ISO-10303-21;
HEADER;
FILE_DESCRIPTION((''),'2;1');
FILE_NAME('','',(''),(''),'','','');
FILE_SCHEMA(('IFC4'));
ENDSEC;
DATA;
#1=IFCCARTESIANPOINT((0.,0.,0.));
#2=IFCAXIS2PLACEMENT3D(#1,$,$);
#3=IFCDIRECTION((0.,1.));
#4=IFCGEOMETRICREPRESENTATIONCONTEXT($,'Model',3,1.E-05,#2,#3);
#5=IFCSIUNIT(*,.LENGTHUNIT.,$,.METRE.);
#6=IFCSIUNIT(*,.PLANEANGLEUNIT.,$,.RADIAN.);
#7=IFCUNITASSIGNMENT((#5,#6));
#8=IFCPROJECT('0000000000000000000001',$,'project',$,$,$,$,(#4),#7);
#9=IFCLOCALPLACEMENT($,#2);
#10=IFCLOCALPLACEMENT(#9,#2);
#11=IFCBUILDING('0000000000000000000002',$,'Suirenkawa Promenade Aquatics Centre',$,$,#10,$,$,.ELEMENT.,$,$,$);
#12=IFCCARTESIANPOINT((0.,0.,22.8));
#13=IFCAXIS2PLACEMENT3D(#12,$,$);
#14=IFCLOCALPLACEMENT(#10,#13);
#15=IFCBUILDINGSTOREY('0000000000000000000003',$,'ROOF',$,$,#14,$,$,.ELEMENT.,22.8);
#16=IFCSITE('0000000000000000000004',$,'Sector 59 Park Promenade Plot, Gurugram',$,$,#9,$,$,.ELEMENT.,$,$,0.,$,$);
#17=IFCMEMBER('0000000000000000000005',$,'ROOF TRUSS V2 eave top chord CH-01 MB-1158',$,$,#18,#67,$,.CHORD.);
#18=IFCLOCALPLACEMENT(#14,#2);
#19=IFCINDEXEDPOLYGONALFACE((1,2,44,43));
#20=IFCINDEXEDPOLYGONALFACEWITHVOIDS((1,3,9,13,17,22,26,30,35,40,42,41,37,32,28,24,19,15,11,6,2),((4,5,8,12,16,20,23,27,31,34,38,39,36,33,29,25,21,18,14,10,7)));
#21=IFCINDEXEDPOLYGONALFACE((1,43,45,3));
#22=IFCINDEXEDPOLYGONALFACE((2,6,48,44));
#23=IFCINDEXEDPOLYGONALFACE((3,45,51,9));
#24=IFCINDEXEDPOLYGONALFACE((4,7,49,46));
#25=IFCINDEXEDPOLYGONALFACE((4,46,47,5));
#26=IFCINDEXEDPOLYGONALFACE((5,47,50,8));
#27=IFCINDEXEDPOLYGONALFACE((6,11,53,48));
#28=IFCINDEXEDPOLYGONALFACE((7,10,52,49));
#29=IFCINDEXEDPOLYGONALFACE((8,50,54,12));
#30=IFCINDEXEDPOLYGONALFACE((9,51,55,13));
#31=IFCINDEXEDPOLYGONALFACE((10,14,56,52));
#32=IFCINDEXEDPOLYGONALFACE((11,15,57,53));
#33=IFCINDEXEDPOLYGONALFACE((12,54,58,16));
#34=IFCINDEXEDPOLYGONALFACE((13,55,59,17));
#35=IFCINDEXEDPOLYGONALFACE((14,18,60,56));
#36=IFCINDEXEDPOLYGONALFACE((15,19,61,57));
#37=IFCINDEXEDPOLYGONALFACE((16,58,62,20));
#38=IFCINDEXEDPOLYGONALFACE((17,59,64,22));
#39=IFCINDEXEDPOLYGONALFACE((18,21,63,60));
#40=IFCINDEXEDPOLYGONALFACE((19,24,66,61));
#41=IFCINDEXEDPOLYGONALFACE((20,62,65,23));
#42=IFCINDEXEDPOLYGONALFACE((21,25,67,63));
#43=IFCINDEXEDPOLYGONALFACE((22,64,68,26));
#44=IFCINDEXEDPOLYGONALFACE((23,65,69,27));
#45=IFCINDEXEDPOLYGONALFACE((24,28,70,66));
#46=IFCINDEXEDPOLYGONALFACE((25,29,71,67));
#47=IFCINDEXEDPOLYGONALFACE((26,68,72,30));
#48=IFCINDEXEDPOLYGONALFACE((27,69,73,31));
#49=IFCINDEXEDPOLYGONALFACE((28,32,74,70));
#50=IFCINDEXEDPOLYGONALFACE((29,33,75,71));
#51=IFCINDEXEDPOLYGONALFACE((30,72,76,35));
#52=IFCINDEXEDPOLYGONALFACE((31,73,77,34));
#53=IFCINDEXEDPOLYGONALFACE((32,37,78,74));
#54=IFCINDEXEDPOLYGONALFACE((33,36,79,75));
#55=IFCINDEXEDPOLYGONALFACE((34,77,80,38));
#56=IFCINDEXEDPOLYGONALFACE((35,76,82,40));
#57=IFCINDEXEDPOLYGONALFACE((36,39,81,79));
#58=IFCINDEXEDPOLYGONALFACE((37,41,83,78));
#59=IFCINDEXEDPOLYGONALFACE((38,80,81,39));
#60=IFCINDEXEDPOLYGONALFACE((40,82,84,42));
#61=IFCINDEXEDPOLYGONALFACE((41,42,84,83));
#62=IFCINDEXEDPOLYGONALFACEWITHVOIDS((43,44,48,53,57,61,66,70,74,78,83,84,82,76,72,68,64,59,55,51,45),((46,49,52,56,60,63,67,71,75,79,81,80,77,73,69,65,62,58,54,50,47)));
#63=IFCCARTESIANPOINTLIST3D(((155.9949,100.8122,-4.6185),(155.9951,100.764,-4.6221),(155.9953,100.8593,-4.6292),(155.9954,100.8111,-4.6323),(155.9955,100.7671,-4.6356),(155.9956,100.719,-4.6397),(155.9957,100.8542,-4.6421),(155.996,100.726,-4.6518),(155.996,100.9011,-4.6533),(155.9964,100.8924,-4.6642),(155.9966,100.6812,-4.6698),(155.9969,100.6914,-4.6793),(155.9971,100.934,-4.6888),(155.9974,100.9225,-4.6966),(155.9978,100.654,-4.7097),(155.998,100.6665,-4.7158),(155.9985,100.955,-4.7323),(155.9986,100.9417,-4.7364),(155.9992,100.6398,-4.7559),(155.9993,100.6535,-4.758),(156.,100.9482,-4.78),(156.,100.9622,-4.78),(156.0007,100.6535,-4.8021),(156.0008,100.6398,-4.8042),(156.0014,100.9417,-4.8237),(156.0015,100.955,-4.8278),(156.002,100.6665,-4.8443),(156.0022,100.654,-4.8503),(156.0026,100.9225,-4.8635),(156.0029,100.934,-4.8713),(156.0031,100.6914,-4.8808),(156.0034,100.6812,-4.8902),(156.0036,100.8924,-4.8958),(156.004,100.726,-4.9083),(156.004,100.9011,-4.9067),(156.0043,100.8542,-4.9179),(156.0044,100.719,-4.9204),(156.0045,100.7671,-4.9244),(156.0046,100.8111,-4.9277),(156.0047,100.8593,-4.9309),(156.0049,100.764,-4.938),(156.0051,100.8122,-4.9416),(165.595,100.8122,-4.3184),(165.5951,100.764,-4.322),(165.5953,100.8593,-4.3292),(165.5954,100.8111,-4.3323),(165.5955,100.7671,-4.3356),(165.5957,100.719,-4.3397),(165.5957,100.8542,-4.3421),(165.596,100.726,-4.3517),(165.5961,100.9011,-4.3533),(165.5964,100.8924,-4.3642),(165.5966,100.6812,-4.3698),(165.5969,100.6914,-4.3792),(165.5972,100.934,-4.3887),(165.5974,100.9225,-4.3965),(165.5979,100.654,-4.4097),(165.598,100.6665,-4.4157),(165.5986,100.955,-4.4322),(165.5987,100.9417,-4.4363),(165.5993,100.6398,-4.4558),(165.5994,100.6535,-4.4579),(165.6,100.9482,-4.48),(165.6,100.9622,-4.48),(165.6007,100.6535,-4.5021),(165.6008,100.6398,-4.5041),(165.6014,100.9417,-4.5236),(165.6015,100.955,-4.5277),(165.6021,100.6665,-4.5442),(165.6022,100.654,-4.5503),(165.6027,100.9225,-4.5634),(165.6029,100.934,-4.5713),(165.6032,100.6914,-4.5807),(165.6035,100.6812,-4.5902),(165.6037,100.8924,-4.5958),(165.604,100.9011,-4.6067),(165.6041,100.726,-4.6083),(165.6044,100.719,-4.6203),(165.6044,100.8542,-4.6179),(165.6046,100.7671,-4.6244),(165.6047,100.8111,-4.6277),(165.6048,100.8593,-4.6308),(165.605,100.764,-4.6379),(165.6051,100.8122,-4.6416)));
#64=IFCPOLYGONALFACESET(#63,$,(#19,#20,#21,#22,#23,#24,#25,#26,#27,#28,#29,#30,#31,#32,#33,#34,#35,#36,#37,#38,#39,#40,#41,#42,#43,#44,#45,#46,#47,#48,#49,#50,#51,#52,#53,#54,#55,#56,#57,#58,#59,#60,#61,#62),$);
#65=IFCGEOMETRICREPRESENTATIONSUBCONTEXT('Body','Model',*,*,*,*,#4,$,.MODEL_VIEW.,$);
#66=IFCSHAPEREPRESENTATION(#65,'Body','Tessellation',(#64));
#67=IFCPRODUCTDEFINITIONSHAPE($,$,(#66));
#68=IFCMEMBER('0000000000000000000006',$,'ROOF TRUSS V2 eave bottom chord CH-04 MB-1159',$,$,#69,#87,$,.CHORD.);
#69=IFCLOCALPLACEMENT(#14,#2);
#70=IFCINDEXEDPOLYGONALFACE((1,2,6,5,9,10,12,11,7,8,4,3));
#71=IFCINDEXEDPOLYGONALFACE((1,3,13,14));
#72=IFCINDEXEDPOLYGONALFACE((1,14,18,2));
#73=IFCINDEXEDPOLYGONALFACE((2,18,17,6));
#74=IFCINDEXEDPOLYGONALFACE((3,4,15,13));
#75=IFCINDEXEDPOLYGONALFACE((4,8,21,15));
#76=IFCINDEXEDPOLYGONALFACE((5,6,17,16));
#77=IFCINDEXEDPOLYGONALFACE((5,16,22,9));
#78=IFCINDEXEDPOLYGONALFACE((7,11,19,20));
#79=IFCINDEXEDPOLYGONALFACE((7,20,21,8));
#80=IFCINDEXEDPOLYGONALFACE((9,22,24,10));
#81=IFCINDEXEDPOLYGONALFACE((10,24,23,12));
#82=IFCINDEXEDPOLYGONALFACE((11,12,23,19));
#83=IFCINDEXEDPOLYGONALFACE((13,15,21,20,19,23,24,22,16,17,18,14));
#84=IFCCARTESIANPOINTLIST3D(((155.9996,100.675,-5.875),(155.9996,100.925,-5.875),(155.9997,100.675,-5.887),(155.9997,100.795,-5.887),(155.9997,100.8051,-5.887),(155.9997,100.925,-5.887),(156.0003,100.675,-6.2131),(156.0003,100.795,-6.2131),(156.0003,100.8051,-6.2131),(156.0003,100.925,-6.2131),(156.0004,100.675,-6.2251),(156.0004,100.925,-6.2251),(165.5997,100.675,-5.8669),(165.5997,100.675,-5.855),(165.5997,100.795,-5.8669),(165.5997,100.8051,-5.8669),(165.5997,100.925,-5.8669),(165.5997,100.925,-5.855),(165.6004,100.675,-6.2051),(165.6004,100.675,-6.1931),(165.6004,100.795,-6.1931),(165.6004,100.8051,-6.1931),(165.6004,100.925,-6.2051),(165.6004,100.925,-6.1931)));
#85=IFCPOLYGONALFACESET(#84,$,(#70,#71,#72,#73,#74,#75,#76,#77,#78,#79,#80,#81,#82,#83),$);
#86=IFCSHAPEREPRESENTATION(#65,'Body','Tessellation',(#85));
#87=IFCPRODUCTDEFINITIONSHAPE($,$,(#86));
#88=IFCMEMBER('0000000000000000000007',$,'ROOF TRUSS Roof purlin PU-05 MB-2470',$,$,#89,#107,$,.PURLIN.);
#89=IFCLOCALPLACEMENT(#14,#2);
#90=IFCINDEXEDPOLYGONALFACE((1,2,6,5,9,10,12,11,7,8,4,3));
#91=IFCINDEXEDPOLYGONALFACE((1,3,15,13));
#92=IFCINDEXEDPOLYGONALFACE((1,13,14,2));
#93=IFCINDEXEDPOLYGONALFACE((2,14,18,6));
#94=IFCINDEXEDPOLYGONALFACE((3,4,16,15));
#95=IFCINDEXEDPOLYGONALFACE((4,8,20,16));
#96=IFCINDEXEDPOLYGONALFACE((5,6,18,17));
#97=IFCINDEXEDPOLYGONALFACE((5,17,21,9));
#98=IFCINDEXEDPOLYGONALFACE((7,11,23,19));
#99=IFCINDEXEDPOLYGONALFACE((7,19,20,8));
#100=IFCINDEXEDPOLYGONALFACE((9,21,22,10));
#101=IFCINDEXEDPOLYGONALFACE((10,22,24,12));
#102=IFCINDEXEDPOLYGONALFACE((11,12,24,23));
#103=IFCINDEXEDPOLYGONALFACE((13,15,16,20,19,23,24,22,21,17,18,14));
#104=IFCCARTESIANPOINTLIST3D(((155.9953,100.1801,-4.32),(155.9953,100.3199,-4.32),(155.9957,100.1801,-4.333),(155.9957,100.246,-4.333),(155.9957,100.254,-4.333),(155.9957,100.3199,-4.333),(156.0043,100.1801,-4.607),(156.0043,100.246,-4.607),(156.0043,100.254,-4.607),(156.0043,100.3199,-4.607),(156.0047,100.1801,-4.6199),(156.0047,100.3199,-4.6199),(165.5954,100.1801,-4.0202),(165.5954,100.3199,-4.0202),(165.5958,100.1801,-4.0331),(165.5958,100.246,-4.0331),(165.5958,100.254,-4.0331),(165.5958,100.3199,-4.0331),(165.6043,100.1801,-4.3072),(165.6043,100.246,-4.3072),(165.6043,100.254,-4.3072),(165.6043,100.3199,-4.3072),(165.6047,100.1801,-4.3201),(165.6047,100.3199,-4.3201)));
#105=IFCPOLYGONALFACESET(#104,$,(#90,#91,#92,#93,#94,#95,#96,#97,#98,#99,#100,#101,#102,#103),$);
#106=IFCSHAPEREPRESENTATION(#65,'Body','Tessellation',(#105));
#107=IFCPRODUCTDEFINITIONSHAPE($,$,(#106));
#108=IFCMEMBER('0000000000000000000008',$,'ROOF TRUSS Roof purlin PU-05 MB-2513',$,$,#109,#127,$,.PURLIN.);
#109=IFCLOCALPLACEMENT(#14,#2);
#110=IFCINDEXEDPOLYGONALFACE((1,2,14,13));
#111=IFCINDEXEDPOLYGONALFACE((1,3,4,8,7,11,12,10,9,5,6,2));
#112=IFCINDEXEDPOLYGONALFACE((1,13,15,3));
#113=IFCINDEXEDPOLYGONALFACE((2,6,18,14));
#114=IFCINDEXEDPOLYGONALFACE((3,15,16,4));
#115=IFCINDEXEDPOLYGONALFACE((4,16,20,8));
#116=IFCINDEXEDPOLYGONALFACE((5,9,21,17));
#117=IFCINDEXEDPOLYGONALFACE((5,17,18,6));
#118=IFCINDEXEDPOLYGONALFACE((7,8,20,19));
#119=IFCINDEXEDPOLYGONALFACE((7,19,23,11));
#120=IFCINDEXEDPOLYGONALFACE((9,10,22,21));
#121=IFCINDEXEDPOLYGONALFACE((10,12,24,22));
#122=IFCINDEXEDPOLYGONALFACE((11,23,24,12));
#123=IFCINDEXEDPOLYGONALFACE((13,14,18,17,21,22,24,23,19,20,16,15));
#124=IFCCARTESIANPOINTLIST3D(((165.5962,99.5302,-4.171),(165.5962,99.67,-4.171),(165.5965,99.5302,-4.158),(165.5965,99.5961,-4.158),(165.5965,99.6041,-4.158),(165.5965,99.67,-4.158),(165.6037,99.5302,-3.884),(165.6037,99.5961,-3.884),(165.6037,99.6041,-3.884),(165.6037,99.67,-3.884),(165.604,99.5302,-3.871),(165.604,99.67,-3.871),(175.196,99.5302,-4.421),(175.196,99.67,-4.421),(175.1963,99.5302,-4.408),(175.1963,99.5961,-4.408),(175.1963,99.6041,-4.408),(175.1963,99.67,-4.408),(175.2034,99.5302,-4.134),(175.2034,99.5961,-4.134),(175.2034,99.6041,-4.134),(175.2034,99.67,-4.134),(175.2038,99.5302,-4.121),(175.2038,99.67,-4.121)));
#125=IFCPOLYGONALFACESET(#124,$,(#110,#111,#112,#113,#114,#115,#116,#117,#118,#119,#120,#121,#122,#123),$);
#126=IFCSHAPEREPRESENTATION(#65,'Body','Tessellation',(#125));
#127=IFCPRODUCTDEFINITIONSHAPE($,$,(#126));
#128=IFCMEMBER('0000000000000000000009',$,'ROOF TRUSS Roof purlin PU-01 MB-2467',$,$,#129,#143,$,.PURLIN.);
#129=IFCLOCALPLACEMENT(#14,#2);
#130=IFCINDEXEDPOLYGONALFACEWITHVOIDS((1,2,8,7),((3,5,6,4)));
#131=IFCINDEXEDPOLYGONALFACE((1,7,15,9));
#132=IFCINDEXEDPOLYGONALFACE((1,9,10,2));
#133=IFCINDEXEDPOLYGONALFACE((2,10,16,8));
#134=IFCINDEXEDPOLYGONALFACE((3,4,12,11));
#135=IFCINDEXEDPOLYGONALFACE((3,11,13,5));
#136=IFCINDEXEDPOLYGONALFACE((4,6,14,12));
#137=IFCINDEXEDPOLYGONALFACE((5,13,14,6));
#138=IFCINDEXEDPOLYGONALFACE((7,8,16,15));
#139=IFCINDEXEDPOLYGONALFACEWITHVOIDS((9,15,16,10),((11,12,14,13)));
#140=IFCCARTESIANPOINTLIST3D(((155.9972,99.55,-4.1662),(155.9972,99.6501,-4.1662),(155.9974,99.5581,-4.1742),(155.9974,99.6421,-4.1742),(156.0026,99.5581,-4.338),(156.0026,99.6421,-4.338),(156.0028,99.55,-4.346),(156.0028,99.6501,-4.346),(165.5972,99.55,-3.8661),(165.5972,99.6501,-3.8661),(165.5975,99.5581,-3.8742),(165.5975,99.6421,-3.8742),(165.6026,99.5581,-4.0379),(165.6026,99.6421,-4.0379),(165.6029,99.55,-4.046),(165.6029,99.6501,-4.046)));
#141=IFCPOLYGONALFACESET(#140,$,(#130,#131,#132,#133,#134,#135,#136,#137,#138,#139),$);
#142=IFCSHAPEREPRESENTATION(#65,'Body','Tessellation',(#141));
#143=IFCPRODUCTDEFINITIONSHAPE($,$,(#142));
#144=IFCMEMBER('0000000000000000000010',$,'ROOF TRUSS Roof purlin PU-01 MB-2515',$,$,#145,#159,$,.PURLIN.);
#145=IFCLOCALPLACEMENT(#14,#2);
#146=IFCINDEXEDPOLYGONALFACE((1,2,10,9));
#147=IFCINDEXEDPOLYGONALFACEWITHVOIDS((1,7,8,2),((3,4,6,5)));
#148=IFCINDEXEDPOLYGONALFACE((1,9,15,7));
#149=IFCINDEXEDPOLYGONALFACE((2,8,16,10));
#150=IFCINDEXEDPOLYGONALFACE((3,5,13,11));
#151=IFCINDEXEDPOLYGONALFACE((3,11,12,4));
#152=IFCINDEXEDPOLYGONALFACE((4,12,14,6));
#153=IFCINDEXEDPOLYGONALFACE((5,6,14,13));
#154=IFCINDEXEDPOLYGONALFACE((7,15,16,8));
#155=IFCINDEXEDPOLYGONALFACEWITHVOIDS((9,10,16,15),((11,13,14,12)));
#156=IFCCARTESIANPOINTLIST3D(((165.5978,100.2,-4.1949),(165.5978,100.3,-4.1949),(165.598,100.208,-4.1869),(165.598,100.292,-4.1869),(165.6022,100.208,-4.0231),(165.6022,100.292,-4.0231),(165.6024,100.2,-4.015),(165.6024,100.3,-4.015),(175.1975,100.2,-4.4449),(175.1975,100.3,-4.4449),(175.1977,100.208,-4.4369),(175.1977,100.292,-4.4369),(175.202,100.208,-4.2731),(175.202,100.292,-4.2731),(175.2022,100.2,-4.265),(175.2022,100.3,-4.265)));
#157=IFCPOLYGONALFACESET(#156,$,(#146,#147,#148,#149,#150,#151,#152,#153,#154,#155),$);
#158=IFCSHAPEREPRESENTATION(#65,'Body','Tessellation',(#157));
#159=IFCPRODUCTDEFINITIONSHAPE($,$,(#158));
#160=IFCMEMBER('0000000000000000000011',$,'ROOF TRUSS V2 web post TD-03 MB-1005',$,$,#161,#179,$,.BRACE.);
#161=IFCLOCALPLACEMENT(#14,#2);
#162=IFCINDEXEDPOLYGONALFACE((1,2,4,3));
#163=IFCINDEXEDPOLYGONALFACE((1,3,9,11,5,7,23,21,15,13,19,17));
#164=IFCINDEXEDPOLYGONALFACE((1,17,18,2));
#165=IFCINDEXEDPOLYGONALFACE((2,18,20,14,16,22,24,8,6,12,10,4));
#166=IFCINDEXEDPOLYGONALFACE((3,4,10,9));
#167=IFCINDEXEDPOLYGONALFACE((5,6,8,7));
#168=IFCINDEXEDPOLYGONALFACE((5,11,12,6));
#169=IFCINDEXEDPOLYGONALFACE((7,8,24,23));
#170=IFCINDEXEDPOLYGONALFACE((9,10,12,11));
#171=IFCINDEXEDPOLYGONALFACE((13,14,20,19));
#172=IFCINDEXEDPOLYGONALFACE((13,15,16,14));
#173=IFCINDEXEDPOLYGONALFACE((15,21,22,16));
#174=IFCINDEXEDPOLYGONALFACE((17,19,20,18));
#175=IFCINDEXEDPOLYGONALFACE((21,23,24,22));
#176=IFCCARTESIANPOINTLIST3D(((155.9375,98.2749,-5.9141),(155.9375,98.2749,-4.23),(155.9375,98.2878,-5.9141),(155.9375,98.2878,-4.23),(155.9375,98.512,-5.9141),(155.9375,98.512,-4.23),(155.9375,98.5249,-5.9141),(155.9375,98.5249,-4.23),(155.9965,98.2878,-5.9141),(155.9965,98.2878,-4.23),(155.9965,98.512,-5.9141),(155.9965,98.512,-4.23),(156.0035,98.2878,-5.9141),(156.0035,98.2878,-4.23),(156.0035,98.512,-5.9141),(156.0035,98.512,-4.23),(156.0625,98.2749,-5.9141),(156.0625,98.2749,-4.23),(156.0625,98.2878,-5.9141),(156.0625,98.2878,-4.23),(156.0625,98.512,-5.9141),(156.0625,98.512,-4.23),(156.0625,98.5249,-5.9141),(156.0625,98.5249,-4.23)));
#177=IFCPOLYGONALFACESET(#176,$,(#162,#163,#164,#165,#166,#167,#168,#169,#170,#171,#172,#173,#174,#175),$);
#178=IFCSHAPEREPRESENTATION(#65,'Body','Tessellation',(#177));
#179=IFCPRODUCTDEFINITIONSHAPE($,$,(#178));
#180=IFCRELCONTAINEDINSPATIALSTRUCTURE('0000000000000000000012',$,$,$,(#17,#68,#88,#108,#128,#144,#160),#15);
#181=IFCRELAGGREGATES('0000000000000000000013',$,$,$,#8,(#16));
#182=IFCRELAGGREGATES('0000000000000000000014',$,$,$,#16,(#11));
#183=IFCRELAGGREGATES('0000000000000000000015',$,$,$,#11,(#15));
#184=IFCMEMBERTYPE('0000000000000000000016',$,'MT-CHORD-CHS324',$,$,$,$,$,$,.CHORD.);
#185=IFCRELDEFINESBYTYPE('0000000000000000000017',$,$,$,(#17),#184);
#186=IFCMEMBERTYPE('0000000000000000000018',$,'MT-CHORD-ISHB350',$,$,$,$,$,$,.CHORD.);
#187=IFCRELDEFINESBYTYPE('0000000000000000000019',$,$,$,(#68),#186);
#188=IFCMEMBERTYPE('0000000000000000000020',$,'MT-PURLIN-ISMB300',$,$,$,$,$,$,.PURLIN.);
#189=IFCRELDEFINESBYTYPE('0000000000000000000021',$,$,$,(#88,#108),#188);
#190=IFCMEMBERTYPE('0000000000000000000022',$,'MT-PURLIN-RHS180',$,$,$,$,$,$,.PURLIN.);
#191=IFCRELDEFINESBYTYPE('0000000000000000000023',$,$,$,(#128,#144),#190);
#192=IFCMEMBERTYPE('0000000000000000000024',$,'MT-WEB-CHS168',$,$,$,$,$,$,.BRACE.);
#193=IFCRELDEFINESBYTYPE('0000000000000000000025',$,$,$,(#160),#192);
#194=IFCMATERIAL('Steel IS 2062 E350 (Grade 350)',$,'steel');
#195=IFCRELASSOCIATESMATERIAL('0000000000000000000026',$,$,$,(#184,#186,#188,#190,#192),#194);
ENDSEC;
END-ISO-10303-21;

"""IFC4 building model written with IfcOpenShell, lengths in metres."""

from ifc_helpers import new_model, si_unit, direction, frame, origin, origin_2d, place, context, subcontext, project, spatial, hollow_rectangle, hollow_circle, i_section, extrude, material, material_profile, profile_set, type_object, element, save


model = new_model("IFC4")

# Units and contexts
model_context = context("Model", 3, precision=1e-05, world=origin(), true_north=direction((0.0, 1.0)))
body_context = subcontext(model_context, "Body", "Model", "MODEL_VIEW")
ifc_project = project(units=[si_unit("LENGTHUNIT", "METRE"), si_unit("PLANEANGLEUNIT", "RADIAN")], contexts=[model_context])

# Site, building, storey
site_placement = place(None, origin())
site = spatial("IfcSite", under=ifc_project, at=site_placement, Name="Sector 59 Park Promenade Plot, Gurugram", CompositionType="ELEMENT", RefElevation=0.0)
building_placement = place(site_placement, origin())
building = spatial("IfcBuilding", under=site, at=building_placement, Name="Suirenkawa Promenade Aquatics Centre", CompositionType="ELEMENT")
storey_placement = place(building_placement, frame((0.0, 0.0, 22.8)))
storey = spatial("IfcBuildingStorey", under=building, at=storey_placement, Name="ROOF", CompositionType="ELEMENT", Elevation=22.8)

# Shared definitions
ifc_material = material(Name="Steel IS 2062 E350 (Grade 350)", Category="steel")

# Members
ifc_material_profile_1 = material_profile(ifc_material, hollow_circle(Radius=0.1621, WallThickness=0.0139, at=origin_2d()), Name="CHS 324x14", Category="steel")
ifc_profile_set_1 = profile_set([ifc_material_profile_1], Name="Steel IS 2062 E350 (Grade 350)")
member_type_1 = type_object("IfcMemberType", Name="MT-CHORD-CHS324", PredefinedType="CHORD", material=ifc_profile_set_1)
member_1_placement = place(storey_placement, frame((156.0, 100.8, -4.78), z_axis=(0.999512, 0.0, 0.03124), x_axis=(0.0, 1.0, 0.0)))
element("IfcMember", 1, at=member_1_placement, inside=storey, type_object=member_type_1, Name="ROOF TRUSS V2 eave top chord CH-01 MB-1158", PredefinedType="CHORD", context=body_context, shape_type="SweptSolid", body=[
    extrude(hollow_circle(Radius=0.1621, WallThickness=0.0139, at=origin_2d()), origin(), (0.0, 0.0, 1.0), 9.6047),
])
ifc_material_profile_2 = material_profile(ifc_material, i_section(OverallWidth=0.25, OverallDepth=0.3501, WebThickness=0.01, FlangeThickness=0.012, at=origin_2d()), Name="ISHB 350", Category="steel")
ifc_profile_set_2 = profile_set([ifc_material_profile_2], Name="Steel IS 2062 E350 (Grade 350)")
member_type_2 = type_object("IfcMemberType", Name="MT-CHORD-ISHB350", PredefinedType="CHORD", material=ifc_profile_set_2)
member_2_placement = place(storey_placement, frame((156.0, 100.8, -6.05), z_axis=(0.999998, 0.0, 0.002085), x_axis=(0.0, 1.0, 0.0)))
element("IfcMember", 2, at=member_2_placement, inside=storey, type_object=member_type_2, Name="ROOF TRUSS V2 eave bottom chord CH-04 MB-1159", PredefinedType="CHORD", context=body_context, shape_type="SweptSolid", body=[
    extrude(i_section(OverallWidth=0.25, OverallDepth=0.3501, WebThickness=0.01, FlangeThickness=0.012, at=origin_2d()), origin(), (0.0, 0.0, 1.0), 9.6001),
])
ifc_material_profile_3 = material_profile(ifc_material, i_section(OverallWidth=0.1399, OverallDepth=0.3, WebThickness=0.0081, FlangeThickness=0.0129, at=origin_2d()), Name="ISMB 300", Category="steel")
ifc_profile_set_3 = profile_set([ifc_material_profile_3], Name="Steel IS 2062 E350 (Grade 350)")
member_type_3 = type_object("IfcMemberType", Name="MT-PURLIN-ISMB300", PredefinedType="PURLIN", material=ifc_profile_set_3)
member_3_placement = place(storey_placement, frame((156.0, 100.25, -4.47), z_axis=(0.999513, 0.0, 0.031214), x_axis=(0.0, 1.0, 0.0)))
element("IfcMember", 3, at=member_3_placement, inside=storey, type_object=member_type_3, Name="ROOF TRUSS Roof purlin PU-05 MB-2470", PredefinedType="PURLIN", context=body_context, shape_type="SweptSolid", body=[
    extrude(i_section(OverallWidth=0.1399, OverallDepth=0.3, WebThickness=0.0081, FlangeThickness=0.0129, at=origin_2d()), origin(), (0.0, 0.0, 1.0), 9.6047),
])
member_4_placement = place(storey_placement, frame((165.6001, 99.6001, -4.021), z_axis=(0.999661, 0.0, -0.026033), x_axis=(0.0, 1.0, 0.0)))
element("IfcMember", 4, at=member_4_placement, inside=storey, type_object=member_type_3, Name="ROOF TRUSS Roof purlin PU-05 MB-2513", PredefinedType="PURLIN", context=body_context, shape_type="SweptSolid", body=[
    extrude(i_section(OverallWidth=0.1399, OverallDepth=0.3, WebThickness=0.0081, FlangeThickness=0.0129, at=origin_2d()), origin(), (0.0, 0.0, 1.0), 9.603),
])
ifc_material_profile_4 = material_profile(ifc_material, hollow_rectangle(XDim=0.1001, YDim=0.1799, WallThickness=0.0081, at=origin_2d()), Name="RHS 180x100x8", Category="steel")
ifc_profile_set_4 = profile_set([ifc_material_profile_4], Name="Steel IS 2062 E350 (Grade 350)")
member_type_4 = type_object("IfcMemberType", Name="MT-PURLIN-RHS180", PredefinedType="PURLIN", material=ifc_profile_set_4)
member_5_placement = place(storey_placement, frame((156.0, 99.6001, -4.2561), z_axis=(0.999512, 0.0, 0.03124), x_axis=(0.0, 1.0, 0.0)))
element("IfcMember", 5, at=member_5_placement, inside=storey, type_object=member_type_4, Name="ROOF TRUSS Roof purlin PU-01 MB-2467", PredefinedType="PURLIN", context=body_context, shape_type="SweptSolid", body=[
    extrude(hollow_rectangle(XDim=0.1001, YDim=0.1799, WallThickness=0.0081, at=origin_2d()), origin(), (0.0, 0.0, 1.0), 9.6047),
])
member_6_placement = place(storey_placement, frame((165.6001, 100.25, -4.105), z_axis=(0.999661, 0.0, -0.026033), x_axis=(0.0, 1.0, 0.0)))
element("IfcMember", 6, at=member_6_placement, inside=storey, type_object=member_type_4, Name="ROOF TRUSS Roof purlin PU-01 MB-2515", PredefinedType="PURLIN", context=body_context, shape_type="SweptSolid", body=[
    extrude(hollow_rectangle(XDim=0.1001, YDim=0.1799, WallThickness=0.0081, at=origin_2d()), origin(), (0.0, 0.0, 1.0), 9.603),
])
ifc_material_profile_5 = material_profile(ifc_material, i_section(OverallWidth=0.125, OverallDepth=0.25, WebThickness=0.0071, FlangeThickness=0.0129, at=origin_2d()), Name="ISMB 250", Category="steel")
ifc_profile_set_5 = profile_set([ifc_material_profile_5], Name="Steel IS 2062 E350 (Grade 350)")
member_type_5 = type_object("IfcMemberType", Name="MT-WEB-CHS168", PredefinedType="BRACE", material=ifc_profile_set_5)
for number, where, z_axis, x_axis, name in (
    (7, (156.0, 98.3999, -5.9141), (0.0, 0.0, 1.0), (1.0, 0.0, 0.0), "ROOF TRUSS V2 web post TD-03 MB-1005"),
):
    element("IfcMember", number, at=place(storey_placement, frame(where, z_axis=z_axis, x_axis=x_axis)), inside=storey, type_object=member_type_5, Name=name, PredefinedType="BRACE", context=body_context, shape_type="SweptSolid", body=[
        extrude(i_section(OverallWidth=0.125, OverallDepth=0.25, WebThickness=0.0071, FlangeThickness=0.0129, at=origin_2d()), origin(), (0.0, 0.0, 1.0), 1.6841),
    ])

save(model, "model.ifc")
